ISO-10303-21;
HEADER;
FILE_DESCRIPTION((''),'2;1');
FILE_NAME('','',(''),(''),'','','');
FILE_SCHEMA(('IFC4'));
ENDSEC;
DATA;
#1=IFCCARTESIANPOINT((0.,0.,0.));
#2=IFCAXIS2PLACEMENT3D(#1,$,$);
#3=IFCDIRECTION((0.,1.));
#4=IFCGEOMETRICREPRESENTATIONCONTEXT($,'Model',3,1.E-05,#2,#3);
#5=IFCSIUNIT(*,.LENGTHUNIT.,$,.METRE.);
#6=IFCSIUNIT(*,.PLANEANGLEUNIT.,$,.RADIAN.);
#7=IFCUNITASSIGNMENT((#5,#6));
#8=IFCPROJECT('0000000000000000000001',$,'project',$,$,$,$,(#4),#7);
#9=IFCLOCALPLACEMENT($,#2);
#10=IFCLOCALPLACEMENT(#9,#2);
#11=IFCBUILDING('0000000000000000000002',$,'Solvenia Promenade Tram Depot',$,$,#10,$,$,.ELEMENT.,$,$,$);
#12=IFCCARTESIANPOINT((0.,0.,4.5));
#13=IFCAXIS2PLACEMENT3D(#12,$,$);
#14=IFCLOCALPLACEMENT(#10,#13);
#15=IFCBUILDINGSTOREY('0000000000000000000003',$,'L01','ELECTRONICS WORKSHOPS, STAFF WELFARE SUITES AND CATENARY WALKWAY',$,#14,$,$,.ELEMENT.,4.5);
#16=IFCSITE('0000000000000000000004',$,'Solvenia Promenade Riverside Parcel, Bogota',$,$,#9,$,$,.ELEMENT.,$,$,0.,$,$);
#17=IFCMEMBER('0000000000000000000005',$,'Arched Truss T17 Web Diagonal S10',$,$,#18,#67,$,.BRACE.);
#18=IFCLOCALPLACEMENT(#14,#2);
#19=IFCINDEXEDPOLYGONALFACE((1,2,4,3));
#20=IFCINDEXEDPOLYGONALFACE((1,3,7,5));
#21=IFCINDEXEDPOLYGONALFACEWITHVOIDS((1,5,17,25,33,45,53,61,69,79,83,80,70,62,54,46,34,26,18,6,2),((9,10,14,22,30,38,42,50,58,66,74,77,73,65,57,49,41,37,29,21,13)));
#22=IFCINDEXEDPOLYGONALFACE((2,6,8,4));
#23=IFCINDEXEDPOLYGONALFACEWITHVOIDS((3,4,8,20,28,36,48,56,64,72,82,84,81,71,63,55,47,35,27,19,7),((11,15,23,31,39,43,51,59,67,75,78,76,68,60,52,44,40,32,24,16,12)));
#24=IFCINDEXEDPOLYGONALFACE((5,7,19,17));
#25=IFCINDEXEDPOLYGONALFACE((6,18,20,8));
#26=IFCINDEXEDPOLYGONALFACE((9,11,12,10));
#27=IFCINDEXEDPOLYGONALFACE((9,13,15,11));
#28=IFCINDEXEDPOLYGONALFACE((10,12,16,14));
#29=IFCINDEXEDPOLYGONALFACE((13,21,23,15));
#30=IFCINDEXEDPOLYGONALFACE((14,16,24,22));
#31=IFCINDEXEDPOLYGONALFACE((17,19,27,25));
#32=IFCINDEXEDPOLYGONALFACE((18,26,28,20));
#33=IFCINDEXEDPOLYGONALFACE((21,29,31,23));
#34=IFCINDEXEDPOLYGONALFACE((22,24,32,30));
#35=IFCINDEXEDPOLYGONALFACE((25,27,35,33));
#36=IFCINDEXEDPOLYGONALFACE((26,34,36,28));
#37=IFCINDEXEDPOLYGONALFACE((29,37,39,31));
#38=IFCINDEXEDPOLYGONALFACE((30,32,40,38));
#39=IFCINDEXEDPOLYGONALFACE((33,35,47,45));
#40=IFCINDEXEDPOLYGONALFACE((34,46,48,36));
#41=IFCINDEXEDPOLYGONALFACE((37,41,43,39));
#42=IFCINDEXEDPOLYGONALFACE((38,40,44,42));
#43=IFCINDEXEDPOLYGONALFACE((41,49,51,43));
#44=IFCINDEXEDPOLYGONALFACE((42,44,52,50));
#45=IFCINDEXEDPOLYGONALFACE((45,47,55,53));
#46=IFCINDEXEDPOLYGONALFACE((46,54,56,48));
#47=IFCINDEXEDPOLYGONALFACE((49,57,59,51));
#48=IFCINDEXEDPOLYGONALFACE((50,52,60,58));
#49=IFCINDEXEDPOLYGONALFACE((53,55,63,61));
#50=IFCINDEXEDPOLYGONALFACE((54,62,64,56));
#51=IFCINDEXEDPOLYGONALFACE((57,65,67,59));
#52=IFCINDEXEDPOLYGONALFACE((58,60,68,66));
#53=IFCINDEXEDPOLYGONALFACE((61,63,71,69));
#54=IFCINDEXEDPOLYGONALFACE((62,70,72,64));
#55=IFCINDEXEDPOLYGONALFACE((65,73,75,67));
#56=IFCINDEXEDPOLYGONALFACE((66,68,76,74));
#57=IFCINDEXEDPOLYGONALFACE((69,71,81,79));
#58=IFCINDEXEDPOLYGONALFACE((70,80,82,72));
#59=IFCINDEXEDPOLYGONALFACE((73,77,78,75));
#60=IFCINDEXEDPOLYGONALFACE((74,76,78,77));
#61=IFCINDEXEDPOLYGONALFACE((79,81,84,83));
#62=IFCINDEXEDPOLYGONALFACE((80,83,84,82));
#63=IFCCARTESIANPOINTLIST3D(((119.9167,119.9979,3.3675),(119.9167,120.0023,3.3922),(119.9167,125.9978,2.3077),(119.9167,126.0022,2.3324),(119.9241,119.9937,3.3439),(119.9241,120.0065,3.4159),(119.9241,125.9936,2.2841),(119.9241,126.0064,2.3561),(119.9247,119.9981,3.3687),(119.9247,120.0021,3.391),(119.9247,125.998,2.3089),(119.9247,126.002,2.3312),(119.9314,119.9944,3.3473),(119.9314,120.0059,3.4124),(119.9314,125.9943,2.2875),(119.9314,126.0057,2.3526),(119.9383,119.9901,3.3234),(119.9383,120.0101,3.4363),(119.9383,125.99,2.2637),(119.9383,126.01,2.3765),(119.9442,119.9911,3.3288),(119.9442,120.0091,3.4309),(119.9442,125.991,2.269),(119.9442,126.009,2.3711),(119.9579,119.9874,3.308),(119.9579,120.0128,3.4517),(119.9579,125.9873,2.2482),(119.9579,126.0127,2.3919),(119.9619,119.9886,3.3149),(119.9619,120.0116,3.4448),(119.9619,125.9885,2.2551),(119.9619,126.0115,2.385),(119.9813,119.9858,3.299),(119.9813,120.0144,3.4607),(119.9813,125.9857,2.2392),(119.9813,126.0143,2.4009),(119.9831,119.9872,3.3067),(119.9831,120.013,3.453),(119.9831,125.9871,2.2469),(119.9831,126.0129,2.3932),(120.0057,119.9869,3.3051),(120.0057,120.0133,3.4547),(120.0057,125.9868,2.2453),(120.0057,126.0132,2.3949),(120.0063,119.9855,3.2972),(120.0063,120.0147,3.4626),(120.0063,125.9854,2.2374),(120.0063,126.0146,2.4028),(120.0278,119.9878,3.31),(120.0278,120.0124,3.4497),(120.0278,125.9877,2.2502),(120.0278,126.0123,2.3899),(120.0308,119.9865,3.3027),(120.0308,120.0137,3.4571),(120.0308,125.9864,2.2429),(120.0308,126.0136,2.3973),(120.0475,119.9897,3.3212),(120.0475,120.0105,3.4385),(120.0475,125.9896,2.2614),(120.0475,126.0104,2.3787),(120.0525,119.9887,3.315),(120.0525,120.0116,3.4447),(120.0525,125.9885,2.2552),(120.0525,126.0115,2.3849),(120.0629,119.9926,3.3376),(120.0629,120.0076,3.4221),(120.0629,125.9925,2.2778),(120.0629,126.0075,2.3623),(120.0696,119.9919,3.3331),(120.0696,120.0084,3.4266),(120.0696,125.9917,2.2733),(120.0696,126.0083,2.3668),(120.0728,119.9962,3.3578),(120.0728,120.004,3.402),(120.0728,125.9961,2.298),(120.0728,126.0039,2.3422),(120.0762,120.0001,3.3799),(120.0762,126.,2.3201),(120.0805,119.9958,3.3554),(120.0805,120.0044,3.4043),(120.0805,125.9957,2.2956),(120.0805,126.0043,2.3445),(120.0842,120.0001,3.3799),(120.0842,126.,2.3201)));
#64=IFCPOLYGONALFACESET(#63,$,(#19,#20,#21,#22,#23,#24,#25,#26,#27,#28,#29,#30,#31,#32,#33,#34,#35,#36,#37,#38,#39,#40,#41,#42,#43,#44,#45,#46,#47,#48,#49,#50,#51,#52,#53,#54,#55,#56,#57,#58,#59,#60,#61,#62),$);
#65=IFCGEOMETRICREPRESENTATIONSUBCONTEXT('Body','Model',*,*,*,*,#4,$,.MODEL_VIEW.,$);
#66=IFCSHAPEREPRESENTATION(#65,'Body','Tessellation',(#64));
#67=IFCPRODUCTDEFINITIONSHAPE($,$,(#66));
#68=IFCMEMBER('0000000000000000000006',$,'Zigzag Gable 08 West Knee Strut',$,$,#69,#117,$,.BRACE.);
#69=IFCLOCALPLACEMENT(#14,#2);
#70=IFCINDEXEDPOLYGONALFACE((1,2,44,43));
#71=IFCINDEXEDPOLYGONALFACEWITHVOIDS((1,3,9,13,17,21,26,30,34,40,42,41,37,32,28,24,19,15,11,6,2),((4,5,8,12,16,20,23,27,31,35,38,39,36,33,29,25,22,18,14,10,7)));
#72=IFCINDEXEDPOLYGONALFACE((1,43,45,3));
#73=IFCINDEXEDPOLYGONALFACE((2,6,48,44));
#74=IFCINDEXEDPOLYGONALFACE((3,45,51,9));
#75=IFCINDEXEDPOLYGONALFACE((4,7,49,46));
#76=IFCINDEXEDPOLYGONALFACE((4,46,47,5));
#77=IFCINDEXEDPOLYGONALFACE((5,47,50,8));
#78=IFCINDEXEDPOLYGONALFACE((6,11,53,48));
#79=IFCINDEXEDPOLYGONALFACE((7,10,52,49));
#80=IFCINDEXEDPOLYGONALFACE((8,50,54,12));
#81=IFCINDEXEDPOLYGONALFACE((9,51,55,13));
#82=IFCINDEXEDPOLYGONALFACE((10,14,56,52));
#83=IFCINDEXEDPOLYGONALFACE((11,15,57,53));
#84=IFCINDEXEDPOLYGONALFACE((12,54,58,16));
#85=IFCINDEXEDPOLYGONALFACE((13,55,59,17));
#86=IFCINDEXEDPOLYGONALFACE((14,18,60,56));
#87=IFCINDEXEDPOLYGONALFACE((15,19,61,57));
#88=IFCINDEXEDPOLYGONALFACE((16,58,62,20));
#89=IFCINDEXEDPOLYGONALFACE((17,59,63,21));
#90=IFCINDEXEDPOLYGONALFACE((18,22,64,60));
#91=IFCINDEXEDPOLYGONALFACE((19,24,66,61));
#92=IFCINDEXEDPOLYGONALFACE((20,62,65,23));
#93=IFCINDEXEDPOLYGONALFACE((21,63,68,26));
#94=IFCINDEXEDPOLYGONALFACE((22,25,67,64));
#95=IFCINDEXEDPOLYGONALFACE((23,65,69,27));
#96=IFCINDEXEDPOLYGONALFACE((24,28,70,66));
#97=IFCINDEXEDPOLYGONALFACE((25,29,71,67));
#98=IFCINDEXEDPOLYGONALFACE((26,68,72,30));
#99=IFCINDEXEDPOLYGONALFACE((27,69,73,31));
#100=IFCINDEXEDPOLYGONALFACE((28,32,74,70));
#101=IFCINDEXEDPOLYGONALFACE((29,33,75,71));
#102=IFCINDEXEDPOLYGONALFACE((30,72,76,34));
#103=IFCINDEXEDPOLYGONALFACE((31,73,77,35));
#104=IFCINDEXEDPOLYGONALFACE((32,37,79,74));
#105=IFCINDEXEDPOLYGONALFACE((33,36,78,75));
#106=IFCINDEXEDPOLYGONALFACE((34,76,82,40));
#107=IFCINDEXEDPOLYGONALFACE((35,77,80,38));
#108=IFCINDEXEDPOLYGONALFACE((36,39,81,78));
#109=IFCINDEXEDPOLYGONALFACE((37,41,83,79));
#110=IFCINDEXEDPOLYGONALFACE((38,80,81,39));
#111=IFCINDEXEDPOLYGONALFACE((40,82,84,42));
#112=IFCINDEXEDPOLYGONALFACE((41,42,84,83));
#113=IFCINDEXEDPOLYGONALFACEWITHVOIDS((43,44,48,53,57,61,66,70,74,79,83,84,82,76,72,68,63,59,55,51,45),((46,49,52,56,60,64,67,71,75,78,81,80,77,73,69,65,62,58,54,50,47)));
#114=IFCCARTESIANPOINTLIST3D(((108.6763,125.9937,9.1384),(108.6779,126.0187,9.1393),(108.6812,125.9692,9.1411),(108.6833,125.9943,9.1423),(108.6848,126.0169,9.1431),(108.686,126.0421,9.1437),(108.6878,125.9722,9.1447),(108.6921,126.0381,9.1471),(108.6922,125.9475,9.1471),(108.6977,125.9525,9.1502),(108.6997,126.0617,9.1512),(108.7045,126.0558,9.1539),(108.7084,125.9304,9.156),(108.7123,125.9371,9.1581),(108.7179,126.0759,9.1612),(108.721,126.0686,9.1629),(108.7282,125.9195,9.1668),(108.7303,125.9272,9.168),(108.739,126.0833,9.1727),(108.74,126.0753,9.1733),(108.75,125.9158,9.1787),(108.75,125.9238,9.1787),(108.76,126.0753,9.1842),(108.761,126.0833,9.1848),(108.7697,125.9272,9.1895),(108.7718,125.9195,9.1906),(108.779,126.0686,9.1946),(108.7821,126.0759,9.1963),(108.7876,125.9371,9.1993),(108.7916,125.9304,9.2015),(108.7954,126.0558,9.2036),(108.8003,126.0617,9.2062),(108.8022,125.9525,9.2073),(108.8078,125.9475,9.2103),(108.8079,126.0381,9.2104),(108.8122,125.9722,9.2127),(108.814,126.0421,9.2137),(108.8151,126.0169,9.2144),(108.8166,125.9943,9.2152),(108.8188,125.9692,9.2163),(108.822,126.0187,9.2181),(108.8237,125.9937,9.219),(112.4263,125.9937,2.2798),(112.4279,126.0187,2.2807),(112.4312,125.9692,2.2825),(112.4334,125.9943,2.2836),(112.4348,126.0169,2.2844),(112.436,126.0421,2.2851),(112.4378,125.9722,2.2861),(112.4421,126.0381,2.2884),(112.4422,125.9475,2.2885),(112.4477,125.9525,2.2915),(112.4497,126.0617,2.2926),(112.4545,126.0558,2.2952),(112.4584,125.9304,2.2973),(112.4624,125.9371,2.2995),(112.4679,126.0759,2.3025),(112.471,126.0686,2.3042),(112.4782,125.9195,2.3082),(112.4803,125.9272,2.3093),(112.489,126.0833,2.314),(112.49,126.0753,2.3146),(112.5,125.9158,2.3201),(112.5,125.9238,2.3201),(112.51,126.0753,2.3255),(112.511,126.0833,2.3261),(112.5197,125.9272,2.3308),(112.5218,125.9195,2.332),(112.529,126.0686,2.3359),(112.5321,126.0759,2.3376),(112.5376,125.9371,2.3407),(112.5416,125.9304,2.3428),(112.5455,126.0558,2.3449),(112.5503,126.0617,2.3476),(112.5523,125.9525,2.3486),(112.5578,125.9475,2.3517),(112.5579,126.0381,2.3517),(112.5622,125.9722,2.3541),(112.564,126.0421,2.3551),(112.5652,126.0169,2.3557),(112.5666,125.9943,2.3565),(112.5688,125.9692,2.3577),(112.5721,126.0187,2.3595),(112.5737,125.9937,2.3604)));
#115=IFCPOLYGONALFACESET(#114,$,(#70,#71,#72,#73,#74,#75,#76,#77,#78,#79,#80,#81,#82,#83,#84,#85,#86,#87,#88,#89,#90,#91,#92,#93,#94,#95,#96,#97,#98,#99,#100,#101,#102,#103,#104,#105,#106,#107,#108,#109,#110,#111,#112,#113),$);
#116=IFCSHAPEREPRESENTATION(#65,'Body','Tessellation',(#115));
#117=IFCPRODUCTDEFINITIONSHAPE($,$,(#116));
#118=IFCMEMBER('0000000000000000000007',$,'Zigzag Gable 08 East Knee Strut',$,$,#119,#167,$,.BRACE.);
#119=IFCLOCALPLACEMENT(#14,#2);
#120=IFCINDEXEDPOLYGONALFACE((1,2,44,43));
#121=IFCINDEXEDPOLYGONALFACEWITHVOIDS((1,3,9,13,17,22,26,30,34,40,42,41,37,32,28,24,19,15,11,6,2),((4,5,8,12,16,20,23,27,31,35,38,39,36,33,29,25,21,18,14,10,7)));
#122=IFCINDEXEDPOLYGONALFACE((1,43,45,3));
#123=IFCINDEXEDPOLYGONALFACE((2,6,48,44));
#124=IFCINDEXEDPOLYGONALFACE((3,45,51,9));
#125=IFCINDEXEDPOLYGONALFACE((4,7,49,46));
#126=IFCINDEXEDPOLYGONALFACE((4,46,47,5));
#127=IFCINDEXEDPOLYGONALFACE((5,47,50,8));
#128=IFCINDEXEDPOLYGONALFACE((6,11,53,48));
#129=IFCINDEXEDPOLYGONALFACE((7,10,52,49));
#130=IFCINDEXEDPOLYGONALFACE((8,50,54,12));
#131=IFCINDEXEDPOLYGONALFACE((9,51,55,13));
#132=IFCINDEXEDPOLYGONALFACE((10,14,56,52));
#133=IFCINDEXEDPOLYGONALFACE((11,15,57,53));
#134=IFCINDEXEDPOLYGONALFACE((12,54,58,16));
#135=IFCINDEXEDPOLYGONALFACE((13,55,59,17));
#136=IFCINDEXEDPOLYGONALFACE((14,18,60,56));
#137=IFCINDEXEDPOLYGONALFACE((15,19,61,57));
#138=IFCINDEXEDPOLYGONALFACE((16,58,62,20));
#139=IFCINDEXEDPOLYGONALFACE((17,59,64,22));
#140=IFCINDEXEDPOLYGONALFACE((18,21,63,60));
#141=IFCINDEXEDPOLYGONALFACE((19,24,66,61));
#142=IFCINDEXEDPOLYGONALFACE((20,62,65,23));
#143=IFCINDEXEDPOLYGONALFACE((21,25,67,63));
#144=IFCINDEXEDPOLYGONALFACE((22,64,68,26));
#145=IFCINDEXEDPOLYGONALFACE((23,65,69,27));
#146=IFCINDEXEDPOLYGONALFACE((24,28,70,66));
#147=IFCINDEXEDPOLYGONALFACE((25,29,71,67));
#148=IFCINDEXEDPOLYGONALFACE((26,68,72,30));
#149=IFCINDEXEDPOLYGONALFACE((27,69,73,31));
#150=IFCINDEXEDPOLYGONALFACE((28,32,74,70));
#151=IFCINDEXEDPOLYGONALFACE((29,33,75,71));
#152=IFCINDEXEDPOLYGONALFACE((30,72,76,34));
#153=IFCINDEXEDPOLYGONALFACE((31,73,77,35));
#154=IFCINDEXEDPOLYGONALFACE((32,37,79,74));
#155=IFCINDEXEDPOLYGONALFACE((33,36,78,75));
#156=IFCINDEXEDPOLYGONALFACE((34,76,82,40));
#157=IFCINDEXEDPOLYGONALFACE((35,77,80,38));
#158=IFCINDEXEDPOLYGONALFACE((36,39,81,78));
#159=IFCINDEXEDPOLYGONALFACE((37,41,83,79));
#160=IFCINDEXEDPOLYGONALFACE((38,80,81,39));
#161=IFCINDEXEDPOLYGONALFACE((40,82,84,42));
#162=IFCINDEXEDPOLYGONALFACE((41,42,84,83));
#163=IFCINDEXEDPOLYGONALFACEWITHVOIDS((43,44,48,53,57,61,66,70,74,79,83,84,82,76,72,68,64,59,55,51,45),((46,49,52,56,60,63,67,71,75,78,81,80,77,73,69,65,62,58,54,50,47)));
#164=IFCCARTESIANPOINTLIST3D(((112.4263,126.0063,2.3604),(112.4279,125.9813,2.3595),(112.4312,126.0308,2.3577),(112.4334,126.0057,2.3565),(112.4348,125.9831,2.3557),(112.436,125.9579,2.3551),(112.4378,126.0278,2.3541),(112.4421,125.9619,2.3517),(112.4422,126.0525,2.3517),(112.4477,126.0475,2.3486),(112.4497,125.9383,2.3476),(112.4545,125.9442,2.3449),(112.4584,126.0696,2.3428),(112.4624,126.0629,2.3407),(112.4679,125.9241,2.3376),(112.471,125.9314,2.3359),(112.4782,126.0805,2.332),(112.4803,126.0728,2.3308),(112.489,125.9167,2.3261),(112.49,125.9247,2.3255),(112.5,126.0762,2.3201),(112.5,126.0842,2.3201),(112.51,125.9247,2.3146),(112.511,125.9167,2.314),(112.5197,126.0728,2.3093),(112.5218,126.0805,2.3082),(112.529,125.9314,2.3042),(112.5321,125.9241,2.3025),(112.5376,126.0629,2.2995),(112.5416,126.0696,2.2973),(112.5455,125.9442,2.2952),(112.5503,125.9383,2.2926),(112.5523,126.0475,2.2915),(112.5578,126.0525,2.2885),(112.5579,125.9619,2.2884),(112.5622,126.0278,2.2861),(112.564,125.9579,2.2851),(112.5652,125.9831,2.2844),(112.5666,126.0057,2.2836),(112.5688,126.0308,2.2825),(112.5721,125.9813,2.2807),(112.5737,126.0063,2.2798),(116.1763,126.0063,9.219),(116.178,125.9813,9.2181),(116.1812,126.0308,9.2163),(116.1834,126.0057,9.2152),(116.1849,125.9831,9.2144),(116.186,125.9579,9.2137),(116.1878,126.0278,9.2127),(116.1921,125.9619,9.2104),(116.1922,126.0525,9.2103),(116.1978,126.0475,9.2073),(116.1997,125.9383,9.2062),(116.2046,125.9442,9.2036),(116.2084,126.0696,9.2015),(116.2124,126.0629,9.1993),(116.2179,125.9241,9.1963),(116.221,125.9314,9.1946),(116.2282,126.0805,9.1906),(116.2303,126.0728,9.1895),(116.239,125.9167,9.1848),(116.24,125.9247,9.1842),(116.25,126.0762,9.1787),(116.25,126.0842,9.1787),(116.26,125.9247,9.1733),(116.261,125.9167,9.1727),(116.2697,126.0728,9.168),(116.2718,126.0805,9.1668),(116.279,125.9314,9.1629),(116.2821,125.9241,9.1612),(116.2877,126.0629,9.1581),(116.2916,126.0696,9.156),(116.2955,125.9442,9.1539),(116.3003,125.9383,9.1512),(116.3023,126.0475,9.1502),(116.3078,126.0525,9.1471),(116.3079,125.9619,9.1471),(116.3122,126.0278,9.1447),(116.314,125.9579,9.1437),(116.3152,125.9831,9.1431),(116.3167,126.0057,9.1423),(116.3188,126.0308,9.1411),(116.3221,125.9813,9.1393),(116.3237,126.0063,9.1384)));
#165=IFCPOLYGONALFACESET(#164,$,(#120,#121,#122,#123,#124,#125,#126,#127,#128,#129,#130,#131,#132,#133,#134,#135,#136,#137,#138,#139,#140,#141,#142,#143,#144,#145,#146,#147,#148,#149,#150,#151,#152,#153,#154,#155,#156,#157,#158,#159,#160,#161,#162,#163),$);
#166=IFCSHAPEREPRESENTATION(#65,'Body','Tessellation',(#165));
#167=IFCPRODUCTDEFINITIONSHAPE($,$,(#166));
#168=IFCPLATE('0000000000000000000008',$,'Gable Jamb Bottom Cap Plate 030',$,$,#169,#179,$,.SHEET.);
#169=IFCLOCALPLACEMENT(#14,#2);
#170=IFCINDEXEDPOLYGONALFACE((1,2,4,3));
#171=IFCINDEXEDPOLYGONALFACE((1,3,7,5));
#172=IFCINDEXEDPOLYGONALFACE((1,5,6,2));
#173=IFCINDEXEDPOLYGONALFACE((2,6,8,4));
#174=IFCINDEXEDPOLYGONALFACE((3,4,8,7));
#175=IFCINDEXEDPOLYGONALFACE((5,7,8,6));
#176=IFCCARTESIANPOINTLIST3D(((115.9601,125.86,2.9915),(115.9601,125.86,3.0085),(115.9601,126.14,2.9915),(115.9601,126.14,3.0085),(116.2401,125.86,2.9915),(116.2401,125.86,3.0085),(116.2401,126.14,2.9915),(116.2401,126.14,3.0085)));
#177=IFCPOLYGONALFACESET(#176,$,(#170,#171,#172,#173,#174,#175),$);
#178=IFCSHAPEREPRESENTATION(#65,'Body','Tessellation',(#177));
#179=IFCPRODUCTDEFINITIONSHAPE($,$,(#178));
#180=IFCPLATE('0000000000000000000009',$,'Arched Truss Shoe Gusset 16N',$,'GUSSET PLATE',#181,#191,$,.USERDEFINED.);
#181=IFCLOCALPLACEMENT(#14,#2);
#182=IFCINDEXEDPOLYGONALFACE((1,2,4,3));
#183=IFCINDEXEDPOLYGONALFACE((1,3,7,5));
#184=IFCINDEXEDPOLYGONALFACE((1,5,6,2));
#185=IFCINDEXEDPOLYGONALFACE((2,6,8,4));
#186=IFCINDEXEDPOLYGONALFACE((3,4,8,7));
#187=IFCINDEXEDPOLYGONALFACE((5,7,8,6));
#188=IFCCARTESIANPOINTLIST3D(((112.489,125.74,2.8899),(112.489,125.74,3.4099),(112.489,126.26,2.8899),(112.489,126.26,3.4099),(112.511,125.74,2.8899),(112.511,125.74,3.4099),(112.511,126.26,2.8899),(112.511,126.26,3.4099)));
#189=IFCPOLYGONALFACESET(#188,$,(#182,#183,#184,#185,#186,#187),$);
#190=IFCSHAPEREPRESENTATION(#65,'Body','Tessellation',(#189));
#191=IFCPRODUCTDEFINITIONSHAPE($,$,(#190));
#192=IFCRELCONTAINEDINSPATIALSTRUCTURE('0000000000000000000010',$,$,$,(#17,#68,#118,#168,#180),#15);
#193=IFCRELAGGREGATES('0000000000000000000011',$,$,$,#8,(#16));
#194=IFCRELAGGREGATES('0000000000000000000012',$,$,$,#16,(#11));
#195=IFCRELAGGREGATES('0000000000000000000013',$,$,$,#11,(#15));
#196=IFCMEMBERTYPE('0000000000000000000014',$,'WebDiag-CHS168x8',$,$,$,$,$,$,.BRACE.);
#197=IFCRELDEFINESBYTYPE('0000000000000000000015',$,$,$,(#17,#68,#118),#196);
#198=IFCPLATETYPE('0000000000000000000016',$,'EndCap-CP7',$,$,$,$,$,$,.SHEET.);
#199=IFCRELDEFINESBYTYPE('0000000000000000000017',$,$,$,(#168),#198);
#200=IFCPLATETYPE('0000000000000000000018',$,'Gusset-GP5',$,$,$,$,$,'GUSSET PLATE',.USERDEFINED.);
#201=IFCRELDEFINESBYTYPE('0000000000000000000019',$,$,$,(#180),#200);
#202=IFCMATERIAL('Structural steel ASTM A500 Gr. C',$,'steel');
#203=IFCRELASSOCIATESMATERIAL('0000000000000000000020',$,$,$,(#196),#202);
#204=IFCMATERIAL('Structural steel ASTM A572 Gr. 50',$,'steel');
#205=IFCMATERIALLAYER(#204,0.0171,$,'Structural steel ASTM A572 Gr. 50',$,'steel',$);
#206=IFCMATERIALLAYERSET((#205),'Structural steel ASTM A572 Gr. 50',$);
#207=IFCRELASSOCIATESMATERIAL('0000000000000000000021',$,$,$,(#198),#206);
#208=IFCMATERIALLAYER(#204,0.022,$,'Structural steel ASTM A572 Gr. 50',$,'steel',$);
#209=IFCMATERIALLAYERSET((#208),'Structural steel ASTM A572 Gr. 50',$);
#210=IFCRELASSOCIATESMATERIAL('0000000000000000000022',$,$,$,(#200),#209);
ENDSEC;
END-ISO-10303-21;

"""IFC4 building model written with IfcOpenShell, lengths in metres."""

from ifc_helpers import new_model, si_unit, direction, frame, origin, origin_2d, place, context, subcontext, project, spatial, rectangle, hollow_circle, extrude, material, layer, layer_set, material_profile, profile_set, type_object, element, save


model = new_model("IFC4")

# Units and contexts
model_context = context("Model", 3, precision=1e-05, world=origin(), true_north=direction((0.0, 1.0)))
body_context = subcontext(model_context, "Body", "Model", "MODEL_VIEW")
ifc_project = project(units=[si_unit("LENGTHUNIT", "METRE"), si_unit("PLANEANGLEUNIT", "RADIAN")], contexts=[model_context])

# Site, building, storey
site_placement = place(None, origin())
site = spatial("IfcSite", under=ifc_project, at=site_placement, Name="Solvenia Promenade Riverside Parcel, Bogota", CompositionType="ELEMENT", RefElevation=0.0)
building_placement = place(site_placement, origin())
building = spatial("IfcBuilding", under=site, at=building_placement, Name="Solvenia Promenade Tram Depot", CompositionType="ELEMENT")
storey_placement = place(building_placement, frame((0.0, 0.0, 4.5)))
storey = spatial("IfcBuildingStorey", under=building, at=storey_placement, Name="L01", Description="ELECTRONICS WORKSHOPS, STAFF WELFARE SUITES AND CATENARY WALKWAY", CompositionType="ELEMENT", Elevation=4.5)

# Shared definitions
ifc_material_1 = material(Name="Structural steel ASTM A500 Gr. C", Category="steel")

# Members
ifc_material_profile_1 = material_profile(ifc_material_1, hollow_circle(Radius=0.0842, WallThickness=0.0081, at=origin_2d()), Name="CHS168.3x8", Category="steel")
ifc_profile_set_1 = profile_set([ifc_material_profile_1], Name="Structural steel ASTM A500 Gr. C")
member_type_1 = type_object("IfcMemberType", Name="WebDiag-CHS168x8", PredefinedType="BRACE", material=ifc_profile_set_1)
member_1_placement = place(storey_placement, frame((120.0, 126.0, 2.3201), z_axis=(0.0, -0.984756, 0.173943), x_axis=(1.0, 0.0, 0.0)))
element("IfcMember", 1, at=member_1_placement, inside=storey, type_object=member_type_1, Name="Arched Truss T17 Web Diagonal S10", PredefinedType="BRACE", context=body_context, shape_type="SweptSolid", body=[
    extrude(hollow_circle(Radius=0.0842, WallThickness=0.0081, at=origin_2d()), origin(), (0.0, 0.0, 1.0), 6.0928),
])
for number, where, z_axis, x_axis, name in (
    (2, (112.5, 126.0, 2.3201), (-0.479732, 0.0, 0.877415), (0.0, -1.0, 0.0), "Zigzag Gable 08 West Knee Strut"),
    (3, (112.5, 126.0, 2.3201), (0.479732, 0.0, 0.877415), (0.0, 1.0, 0.0), "Zigzag Gable 08 East Knee Strut"),
):
    element("IfcMember", number, at=place(storey_placement, frame(where, z_axis=z_axis, x_axis=x_axis)), inside=storey, type_object=member_type_1, Name=name, PredefinedType="BRACE", context=body_context, shape_type="SweptSolid", body=[
        extrude(hollow_circle(Radius=0.0842, WallThickness=0.0081, at=origin_2d()), origin(), (0.0, 0.0, 1.0), 7.8169),
    ])

# Plates
ifc_material_2 = material(Name="Structural steel ASTM A572 Gr. 50", Category="steel")
ifc_layer_1 = layer(ifc_material_2, 0.0171, Name="Structural steel ASTM A572 Gr. 50", Category="steel")
ifc_layer_set_1 = layer_set([ifc_layer_1], Name="Structural steel ASTM A572 Gr. 50")
plate_type_1 = type_object("IfcPlateType", Name="EndCap-CP7", PredefinedType="SHEET", material=ifc_layer_set_1)
plate_1_placement = place(storey_placement, frame((116.1001, 126.0, 2.9915), z_axis=(0.0, 0.0, 1.0), x_axis=(1.0, 0.0, 0.0)))
element("IfcPlate", 4, at=plate_1_placement, inside=storey, type_object=plate_type_1, Name="Gable Jamb Bottom Cap Plate 030", PredefinedType="SHEET", context=body_context, shape_type="SweptSolid", body=[
    extrude(rectangle(XDim=0.28, YDim=0.28, at=origin_2d()), origin(), (0.0, 0.0, 1.0), 0.0171),
])
ifc_layer_2 = layer(ifc_material_2, 0.022, Name="Structural steel ASTM A572 Gr. 50", Category="steel")
ifc_layer_set_2 = layer_set([ifc_layer_2], Name="Structural steel ASTM A572 Gr. 50")
plate_type_2 = type_object("IfcPlateType", Name="Gusset-GP5", ElementType="GUSSET PLATE", PredefinedType="USERDEFINED", material=ifc_layer_set_2)
plate_2_placement = place(storey_placement, frame((112.5, 126.0, 2.8899), z_axis=(0.0, 0.0, 1.0), x_axis=(1.0, 0.0, 0.0)))
element("IfcPlate", 5, at=plate_2_placement, inside=storey, type_object=plate_type_2, Name="Arched Truss Shoe Gusset 16N", ObjectType="GUSSET PLATE", PredefinedType="USERDEFINED", context=body_context, shape_type="SweptSolid", body=[
    extrude(rectangle(XDim=0.022, YDim=0.52, at=origin_2d()), origin(), (0.0, 0.0, 1.0), 0.52),
])

save(model, "model.ifc")
